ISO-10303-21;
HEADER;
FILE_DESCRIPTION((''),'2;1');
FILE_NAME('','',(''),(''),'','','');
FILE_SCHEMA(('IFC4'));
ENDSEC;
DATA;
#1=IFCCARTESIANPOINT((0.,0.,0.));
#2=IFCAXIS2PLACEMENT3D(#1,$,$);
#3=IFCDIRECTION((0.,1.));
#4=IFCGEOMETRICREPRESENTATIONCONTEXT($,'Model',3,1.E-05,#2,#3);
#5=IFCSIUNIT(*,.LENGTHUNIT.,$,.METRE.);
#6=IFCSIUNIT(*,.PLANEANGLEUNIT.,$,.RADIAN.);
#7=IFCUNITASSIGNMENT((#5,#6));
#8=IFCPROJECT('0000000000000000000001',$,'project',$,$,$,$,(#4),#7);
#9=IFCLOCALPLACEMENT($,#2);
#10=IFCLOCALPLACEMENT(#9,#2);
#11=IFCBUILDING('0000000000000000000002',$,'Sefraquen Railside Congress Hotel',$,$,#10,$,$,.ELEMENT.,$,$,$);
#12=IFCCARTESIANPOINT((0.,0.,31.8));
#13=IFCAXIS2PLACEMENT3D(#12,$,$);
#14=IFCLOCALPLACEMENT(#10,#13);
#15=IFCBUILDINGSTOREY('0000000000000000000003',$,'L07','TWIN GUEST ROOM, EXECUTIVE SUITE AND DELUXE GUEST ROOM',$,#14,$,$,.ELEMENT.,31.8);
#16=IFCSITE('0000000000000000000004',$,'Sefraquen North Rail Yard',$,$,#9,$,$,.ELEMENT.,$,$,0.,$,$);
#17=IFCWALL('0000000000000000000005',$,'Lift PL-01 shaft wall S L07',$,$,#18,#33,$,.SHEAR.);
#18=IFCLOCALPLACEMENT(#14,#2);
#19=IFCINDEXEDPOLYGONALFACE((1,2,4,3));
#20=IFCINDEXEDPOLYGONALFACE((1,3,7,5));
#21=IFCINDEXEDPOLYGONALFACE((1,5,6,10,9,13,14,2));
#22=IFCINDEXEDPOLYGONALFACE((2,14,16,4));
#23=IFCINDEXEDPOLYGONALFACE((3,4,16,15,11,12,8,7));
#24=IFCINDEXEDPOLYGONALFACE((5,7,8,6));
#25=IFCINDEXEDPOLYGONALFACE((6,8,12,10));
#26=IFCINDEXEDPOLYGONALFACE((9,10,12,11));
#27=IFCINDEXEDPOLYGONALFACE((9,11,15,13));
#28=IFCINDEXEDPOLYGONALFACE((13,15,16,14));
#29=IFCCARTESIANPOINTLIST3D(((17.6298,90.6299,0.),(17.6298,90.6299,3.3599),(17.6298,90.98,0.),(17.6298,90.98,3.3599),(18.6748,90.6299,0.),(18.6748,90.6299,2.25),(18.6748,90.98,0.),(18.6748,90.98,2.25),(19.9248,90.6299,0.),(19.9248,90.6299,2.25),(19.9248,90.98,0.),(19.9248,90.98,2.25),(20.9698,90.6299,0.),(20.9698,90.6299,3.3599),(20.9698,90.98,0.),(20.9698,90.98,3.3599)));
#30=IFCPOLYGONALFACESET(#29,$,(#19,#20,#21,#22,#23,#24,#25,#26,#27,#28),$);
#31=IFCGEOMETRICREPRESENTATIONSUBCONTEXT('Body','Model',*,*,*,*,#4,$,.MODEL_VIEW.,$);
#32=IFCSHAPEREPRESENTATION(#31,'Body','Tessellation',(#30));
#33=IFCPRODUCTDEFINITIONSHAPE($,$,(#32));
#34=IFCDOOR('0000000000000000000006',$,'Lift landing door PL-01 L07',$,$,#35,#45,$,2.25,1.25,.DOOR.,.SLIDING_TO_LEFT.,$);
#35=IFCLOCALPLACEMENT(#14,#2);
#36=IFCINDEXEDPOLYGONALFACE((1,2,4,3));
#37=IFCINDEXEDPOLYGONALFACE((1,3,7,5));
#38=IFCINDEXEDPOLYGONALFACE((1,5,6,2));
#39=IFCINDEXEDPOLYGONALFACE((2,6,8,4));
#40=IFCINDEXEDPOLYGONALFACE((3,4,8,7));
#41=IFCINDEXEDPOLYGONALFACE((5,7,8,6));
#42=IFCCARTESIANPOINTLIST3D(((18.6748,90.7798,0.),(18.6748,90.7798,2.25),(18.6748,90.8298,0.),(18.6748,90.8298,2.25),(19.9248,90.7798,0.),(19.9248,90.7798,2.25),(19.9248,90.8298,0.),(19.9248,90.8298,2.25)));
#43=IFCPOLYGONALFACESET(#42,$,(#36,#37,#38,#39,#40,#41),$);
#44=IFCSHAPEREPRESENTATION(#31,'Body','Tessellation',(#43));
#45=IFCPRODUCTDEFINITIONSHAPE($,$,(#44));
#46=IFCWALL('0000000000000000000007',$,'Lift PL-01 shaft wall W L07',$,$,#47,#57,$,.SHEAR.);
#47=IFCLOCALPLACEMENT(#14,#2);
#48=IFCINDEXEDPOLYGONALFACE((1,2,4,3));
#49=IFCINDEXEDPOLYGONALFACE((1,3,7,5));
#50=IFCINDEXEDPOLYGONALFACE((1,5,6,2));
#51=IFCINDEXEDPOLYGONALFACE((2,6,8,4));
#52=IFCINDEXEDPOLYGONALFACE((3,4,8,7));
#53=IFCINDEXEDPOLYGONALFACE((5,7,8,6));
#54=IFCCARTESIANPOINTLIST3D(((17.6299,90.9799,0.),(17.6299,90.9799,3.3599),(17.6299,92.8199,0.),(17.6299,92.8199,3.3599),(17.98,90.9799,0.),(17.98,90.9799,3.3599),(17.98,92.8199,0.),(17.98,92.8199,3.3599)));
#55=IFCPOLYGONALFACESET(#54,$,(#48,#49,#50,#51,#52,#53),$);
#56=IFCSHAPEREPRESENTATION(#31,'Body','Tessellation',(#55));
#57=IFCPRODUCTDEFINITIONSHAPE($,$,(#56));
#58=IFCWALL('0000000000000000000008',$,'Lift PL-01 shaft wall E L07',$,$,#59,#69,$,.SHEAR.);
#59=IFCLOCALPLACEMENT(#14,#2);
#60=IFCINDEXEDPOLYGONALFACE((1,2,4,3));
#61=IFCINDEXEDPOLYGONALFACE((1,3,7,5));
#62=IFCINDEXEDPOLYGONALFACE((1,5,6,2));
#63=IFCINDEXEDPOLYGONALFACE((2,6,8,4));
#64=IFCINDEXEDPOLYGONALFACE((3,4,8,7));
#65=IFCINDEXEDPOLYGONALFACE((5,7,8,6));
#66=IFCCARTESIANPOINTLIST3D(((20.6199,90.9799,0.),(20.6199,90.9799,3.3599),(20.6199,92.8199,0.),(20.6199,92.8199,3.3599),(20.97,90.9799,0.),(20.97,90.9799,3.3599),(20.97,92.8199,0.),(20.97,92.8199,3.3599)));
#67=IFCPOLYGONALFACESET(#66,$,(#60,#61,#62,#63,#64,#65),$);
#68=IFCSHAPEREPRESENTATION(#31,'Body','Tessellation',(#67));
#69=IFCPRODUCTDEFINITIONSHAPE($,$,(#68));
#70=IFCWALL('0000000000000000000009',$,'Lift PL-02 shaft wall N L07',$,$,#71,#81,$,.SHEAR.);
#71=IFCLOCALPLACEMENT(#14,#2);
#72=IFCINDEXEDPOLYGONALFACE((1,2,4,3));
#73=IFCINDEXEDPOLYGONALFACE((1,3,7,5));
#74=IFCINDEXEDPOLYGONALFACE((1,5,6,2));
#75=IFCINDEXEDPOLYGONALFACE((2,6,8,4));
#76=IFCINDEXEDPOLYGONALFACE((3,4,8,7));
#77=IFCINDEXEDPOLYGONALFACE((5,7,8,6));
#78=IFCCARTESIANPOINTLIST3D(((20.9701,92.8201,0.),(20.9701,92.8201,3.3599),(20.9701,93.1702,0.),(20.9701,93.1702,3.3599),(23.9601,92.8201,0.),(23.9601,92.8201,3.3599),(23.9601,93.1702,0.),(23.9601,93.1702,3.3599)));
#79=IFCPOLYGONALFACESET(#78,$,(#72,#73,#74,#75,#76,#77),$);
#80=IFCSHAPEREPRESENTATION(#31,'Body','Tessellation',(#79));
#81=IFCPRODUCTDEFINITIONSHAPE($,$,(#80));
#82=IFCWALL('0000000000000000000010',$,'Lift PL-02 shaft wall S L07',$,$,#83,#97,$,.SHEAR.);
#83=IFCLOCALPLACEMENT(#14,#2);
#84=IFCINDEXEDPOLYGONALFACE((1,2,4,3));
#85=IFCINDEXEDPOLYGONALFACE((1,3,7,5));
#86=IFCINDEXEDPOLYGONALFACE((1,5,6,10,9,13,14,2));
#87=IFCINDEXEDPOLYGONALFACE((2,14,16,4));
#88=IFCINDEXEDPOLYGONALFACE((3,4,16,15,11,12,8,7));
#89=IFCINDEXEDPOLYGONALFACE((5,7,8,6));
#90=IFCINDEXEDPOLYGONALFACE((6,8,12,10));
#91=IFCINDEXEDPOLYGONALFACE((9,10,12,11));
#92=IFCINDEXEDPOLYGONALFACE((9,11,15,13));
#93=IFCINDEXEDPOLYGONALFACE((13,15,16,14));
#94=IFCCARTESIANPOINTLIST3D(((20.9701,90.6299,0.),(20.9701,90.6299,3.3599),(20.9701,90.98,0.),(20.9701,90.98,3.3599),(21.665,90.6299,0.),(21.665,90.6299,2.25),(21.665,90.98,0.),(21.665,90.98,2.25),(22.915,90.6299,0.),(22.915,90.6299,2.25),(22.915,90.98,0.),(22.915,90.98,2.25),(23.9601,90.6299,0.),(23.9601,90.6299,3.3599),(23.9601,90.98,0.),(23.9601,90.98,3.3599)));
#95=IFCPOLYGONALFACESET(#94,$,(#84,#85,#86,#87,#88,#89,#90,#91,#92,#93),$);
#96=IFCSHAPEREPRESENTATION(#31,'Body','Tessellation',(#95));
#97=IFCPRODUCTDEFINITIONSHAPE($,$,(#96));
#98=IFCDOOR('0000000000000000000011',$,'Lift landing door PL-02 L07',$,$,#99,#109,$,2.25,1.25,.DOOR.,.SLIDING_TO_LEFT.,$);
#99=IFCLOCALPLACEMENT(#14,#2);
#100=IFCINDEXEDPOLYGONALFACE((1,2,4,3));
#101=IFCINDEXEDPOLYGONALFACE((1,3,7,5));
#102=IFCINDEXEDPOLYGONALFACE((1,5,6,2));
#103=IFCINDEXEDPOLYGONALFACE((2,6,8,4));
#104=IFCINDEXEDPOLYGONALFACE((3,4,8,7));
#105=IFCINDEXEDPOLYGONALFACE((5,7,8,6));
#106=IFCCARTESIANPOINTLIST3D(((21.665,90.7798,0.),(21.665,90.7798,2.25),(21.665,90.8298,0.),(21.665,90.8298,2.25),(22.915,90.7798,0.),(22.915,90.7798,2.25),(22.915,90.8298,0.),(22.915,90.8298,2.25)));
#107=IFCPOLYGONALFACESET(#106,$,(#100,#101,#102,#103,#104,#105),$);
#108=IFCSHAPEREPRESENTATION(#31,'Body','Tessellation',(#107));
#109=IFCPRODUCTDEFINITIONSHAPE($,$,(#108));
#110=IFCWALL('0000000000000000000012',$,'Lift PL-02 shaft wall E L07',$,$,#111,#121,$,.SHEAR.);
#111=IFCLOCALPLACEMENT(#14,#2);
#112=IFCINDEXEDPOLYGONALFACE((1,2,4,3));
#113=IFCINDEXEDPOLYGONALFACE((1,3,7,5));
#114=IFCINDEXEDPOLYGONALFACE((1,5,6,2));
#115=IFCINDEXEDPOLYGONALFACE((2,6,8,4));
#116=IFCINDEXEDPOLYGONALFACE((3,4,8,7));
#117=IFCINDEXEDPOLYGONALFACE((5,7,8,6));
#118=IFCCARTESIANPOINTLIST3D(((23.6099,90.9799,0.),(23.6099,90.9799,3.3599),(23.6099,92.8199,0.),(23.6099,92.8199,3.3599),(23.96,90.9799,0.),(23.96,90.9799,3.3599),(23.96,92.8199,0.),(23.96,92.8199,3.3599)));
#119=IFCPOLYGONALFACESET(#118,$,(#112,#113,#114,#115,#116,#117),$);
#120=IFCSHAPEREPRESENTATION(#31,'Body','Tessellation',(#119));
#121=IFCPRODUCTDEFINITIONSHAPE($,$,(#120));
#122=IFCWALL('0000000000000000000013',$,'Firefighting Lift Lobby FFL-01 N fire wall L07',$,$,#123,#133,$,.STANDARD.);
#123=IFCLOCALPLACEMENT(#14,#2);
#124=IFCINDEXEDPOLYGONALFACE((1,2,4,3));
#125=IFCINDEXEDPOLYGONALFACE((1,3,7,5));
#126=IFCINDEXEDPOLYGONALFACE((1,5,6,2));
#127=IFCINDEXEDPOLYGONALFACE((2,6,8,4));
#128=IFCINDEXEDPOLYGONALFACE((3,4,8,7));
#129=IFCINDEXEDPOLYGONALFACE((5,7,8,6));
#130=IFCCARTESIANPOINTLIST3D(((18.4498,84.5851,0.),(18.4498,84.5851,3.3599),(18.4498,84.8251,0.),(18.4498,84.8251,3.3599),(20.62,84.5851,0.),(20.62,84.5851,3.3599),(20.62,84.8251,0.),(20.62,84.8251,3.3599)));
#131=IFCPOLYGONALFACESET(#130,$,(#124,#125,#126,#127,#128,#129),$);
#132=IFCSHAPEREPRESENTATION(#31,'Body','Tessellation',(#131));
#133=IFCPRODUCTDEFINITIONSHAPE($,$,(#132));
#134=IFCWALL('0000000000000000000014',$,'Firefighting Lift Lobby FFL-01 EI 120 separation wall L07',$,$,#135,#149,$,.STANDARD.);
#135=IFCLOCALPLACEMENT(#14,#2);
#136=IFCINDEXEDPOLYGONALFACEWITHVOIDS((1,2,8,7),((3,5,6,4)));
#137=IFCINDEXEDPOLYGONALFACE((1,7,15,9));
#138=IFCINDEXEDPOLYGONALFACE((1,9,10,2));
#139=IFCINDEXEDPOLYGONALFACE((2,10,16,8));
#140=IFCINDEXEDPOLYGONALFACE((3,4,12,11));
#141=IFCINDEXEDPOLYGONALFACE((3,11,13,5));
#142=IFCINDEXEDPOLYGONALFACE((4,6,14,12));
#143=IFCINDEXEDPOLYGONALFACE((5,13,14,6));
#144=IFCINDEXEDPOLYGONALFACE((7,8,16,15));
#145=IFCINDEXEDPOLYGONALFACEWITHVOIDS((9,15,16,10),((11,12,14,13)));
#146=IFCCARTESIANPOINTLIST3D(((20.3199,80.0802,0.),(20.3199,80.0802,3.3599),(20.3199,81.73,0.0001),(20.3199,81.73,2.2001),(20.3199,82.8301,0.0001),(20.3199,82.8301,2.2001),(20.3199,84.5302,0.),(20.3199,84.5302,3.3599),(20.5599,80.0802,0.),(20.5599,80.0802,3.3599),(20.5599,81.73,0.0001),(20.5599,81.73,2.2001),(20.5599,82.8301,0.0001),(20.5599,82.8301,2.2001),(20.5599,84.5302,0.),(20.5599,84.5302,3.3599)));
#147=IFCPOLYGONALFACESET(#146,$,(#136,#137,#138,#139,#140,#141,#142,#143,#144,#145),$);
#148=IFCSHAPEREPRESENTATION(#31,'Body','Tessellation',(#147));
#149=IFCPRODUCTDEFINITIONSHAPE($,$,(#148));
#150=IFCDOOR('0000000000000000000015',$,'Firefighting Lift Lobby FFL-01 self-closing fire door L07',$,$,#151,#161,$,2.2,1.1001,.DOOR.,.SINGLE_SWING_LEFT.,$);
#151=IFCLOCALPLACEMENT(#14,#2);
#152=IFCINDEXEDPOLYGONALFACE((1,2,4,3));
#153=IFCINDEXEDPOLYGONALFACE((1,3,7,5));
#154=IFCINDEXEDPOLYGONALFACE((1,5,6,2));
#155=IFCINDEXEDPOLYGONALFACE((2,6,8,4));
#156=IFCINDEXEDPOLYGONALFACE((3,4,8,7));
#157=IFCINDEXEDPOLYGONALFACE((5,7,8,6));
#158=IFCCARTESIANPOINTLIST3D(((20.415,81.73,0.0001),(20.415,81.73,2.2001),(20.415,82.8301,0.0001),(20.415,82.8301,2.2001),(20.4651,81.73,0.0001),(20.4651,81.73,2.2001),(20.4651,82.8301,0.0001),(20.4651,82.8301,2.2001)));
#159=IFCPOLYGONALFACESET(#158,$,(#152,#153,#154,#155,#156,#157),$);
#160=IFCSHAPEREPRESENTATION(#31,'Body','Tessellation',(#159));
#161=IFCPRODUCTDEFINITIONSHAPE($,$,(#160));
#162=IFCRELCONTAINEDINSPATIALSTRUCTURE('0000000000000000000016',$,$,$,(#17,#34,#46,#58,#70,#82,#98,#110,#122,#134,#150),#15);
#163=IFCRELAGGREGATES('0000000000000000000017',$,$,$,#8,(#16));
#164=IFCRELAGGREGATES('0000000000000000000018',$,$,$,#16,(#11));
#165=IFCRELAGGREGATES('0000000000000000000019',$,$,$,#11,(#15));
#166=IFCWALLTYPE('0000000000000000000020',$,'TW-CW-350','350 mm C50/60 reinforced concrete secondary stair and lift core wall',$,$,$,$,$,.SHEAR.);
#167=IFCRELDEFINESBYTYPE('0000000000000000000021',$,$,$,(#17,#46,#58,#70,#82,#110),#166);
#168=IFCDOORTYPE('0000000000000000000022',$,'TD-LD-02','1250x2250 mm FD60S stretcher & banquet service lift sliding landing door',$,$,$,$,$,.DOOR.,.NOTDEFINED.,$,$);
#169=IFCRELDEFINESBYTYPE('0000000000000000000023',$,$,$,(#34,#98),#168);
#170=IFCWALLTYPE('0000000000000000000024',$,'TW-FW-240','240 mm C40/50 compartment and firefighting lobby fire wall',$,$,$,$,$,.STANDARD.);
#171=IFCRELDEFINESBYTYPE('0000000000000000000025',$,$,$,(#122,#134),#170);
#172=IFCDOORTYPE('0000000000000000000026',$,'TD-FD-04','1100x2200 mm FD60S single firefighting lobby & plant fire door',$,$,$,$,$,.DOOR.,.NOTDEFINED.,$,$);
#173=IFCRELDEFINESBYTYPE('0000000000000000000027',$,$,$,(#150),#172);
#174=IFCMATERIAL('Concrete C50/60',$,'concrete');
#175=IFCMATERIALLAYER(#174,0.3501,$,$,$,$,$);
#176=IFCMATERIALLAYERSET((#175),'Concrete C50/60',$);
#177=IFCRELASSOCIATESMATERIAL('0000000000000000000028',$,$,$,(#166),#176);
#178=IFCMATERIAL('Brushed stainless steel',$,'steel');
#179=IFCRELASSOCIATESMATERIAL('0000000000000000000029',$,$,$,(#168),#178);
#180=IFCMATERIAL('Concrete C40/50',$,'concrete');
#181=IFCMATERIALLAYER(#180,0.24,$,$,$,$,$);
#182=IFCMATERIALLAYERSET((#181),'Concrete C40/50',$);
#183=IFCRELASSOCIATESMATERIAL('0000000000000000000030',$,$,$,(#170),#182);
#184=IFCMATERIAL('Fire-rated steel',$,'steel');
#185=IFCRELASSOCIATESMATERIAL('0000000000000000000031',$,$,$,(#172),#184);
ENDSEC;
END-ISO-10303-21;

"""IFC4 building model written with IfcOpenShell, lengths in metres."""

from ifc_helpers import new_model, si_unit, direction, frame, frame_2d, origin, place, context, subcontext, project, spatial, rectangle, extrude, material, layer, layer_set, type_object, element, fill, save


model = new_model("IFC4")

# Units and contexts
model_context = context("Model", 3, precision=1e-05, world=origin(), true_north=direction((0.0, 1.0)))
body_context = subcontext(model_context, "Body", "Model", "MODEL_VIEW")
ifc_project = project(units=[si_unit("LENGTHUNIT", "METRE"), si_unit("PLANEANGLEUNIT", "RADIAN")], contexts=[model_context])

# Site, building, storey
site_placement = place(None, origin())
site = spatial("IfcSite", under=ifc_project, at=site_placement, Name="Sefraquen North Rail Yard", CompositionType="ELEMENT", RefElevation=0.0)
building_placement = place(site_placement, origin())
building = spatial("IfcBuilding", under=site, at=building_placement, Name="Sefraquen Railside Congress Hotel", CompositionType="ELEMENT")
storey_placement = place(building_placement, frame((0.0, 0.0, 31.8)))
storey = spatial("IfcBuildingStorey", under=building, at=storey_placement, Name="L07", Description="TWIN GUEST ROOM, EXECUTIVE SUITE AND DELUXE GUEST ROOM", CompositionType="ELEMENT", Elevation=31.8)

# Shared definitions
ifc_material_1 = material(Name="Concrete C50/60", Category="concrete")
ifc_layer_1 = layer(ifc_material_1, 0.3501)
ifc_layer_set_1 = layer_set([ifc_layer_1], Name="Concrete C50/60")
wall_type_1 = type_object("IfcWallType", Name="TW-CW-350", Description="350 mm C50/60 reinforced concrete secondary stair and lift core wall", PredefinedType="SHEAR", material=ifc_layer_set_1)

# Wall, opening, door
wall_1_placement = place(storey_placement, frame((17.6299, 90.8049, 0.0), z_axis=(0.0, 0.0, 1.0), x_axis=(1.0, 0.0, 0.0)))
wall_1 = element("IfcWall", 1, at=wall_1_placement, inside=storey, type_object=wall_type_1, Name="Lift PL-01 shaft wall S L07", PredefinedType="SHEAR", context=body_context, shape_type="SweptSolid", body=[
    extrude(rectangle(XDim=3.3401, YDim=0.3501, at=frame_2d((1.6699, 0.0))), origin(), (0.0, 0.0, 1.0), 3.3599),
])
opening_1_placement = place(wall_1_placement, frame((1.0449, 0.0, 0.0)))
opening_1 = element("IfcOpeningElement", 2, at=opening_1_placement, cuts=wall_1, PredefinedType="OPENING", context=body_context, shape_type="SweptSolid", body=[
    extrude(rectangle(XDim=1.25, YDim=2.25, at=frame_2d((0.625, 1.125))), frame((0.0, 0.1851, 0.0), z_axis=(0.0, -1.0, 0.0), x_axis=(1.0, 0.0, 0.0)), (0.0, 0.0, 1.0), 0.3701),
])
ifc_material_2 = material(Name="Brushed stainless steel", Category="steel")
door_type_1 = type_object("IfcDoorType", Name="TD-LD-02", Description="1250x2250 mm FD60S stretcher & banquet service lift sliding landing door", OperationType="NOTDEFINED", PredefinedType="DOOR", material=ifc_material_2)
door_1_placement = place(opening_1_placement, origin())
door_1 = element("IfcDoor", 3, at=door_1_placement, inside=storey, type_object=door_type_1, Name="Lift landing door PL-01 L07", OperationType="SLIDING_TO_LEFT", OverallHeight=2.25, OverallWidth=1.25, PredefinedType="DOOR", context=body_context, shape_type="SweptSolid", body=[
    extrude(rectangle(XDim=1.25, YDim=2.25, at=frame_2d((0.625, 1.125))), frame((0.0, 0.0249, 0.0), z_axis=(0.0, -1.0, 0.0), x_axis=(1.0, 0.0, 0.0)), (0.0, 0.0, 1.0), 0.05),
])
fill(opening_1, door_1)

# Walls
for number, where, z_axis, x_axis, name in (
    (4, (17.8049, 90.98, 0.0), (0.0, 0.0, 1.0), (0.0, 1.0, 0.0), "Lift PL-01 shaft wall W L07"),
    (5, (20.7949, 90.98, 0.0), (0.0, 0.0, 1.0), (0.0, 1.0, 0.0), "Lift PL-01 shaft wall E L07"),
):
    element("IfcWall", number, at=place(storey_placement, frame(where, z_axis=z_axis, x_axis=x_axis)), inside=storey, type_object=wall_type_1, Name=name, PredefinedType="SHEAR", context=body_context, shape_type="SweptSolid", body=[
        extrude(rectangle(XDim=1.8401, YDim=0.3501, at=frame_2d((0.9199, 0.0))), origin(), (0.0, 0.0, 1.0), 3.3599),
    ])
wall_2_placement = place(storey_placement, frame((20.97, 92.9951, 0.0), z_axis=(0.0, 0.0, 1.0), x_axis=(1.0, 0.0, 0.0)))
element("IfcWall", 6, at=wall_2_placement, inside=storey, type_object=wall_type_1, Name="Lift PL-02 shaft wall N L07", PredefinedType="SHEAR", context=body_context, shape_type="SweptSolid", body=[
    extrude(rectangle(XDim=2.99, YDim=0.3501, at=frame_2d((1.4951, 0.0))), origin(), (0.0, 0.0, 1.0), 3.3599),
])

# Wall, opening, door
wall_3_placement = place(storey_placement, frame((20.97, 90.8049, 0.0), z_axis=(0.0, 0.0, 1.0), x_axis=(1.0, 0.0, 0.0)))
wall_3 = element("IfcWall", 7, at=wall_3_placement, inside=storey, type_object=wall_type_1, Name="Lift PL-02 shaft wall S L07", PredefinedType="SHEAR", context=body_context, shape_type="SweptSolid", body=[
    extrude(rectangle(XDim=2.99, YDim=0.3501, at=frame_2d((1.4951, 0.0))), origin(), (0.0, 0.0, 1.0), 3.3599),
])
opening_2_placement = place(wall_3_placement, frame((0.6951, 0.0, 0.0)))
opening_2 = element("IfcOpeningElement", 8, at=opening_2_placement, cuts=wall_3, PredefinedType="OPENING", context=body_context, shape_type="SweptSolid", body=[
    extrude(rectangle(XDim=1.25, YDim=2.25, at=frame_2d((0.625, 1.125))), frame((0.0, 0.1851, 0.0), z_axis=(0.0, -1.0, 0.0), x_axis=(1.0, 0.0, 0.0)), (0.0, 0.0, 1.0), 0.3701),
])
door_2_placement = place(opening_2_placement, origin())
door_2 = element("IfcDoor", 9, at=door_2_placement, inside=storey, type_object=door_type_1, Name="Lift landing door PL-02 L07", OperationType="SLIDING_TO_LEFT", OverallHeight=2.25, OverallWidth=1.25, PredefinedType="DOOR", context=body_context, shape_type="SweptSolid", body=[
    extrude(rectangle(XDim=1.25, YDim=2.25, at=frame_2d((0.625, 1.125))), frame((0.0, 0.0249, 0.0), z_axis=(0.0, -1.0, 0.0), x_axis=(1.0, 0.0, 0.0)), (0.0, 0.0, 1.0), 0.05),
])
fill(opening_2, door_2)

# Walls
wall_4_placement = place(storey_placement, frame((23.7849, 90.98, 0.0), z_axis=(0.0, 0.0, 1.0), x_axis=(0.0, 1.0, 0.0)))
element("IfcWall", 10, at=wall_4_placement, inside=storey, type_object=wall_type_1, Name="Lift PL-02 shaft wall E L07", PredefinedType="SHEAR", context=body_context, shape_type="SweptSolid", body=[
    extrude(rectangle(XDim=1.8401, YDim=0.3501, at=frame_2d((0.9199, 0.0))), origin(), (0.0, 0.0, 1.0), 3.3599),
])
ifc_material_3 = material(Name="Concrete C40/50", Category="concrete")
ifc_layer_2 = layer(ifc_material_3, 0.24)
ifc_layer_set_2 = layer_set([ifc_layer_2], Name="Concrete C40/50")
wall_type_2 = type_object("IfcWallType", Name="TW-FW-240", Description="240 mm C40/50 compartment and firefighting lobby fire wall", PredefinedType="STANDARD", material=ifc_layer_set_2)
wall_5_placement = place(storey_placement, frame((18.45, 84.7051, 0.0), z_axis=(0.0, 0.0, 1.0), x_axis=(1.0, 0.0, 0.0)))
element("IfcWall", 11, at=wall_5_placement, inside=storey, type_object=wall_type_2, Name="Firefighting Lift Lobby FFL-01 N fire wall L07", PredefinedType="STANDARD", context=body_context, shape_type="SweptSolid", body=[
    extrude(rectangle(XDim=2.1702, YDim=0.24, at=frame_2d((1.085, 0.0))), origin(), (0.0, 0.0, 1.0), 3.3599),
])

# Wall, opening, door
wall_6_placement = place(storey_placement, frame((20.4399, 80.0801, 0.0), z_axis=(0.0, 0.0, 1.0), x_axis=(0.0, 1.0, 0.0)))
wall_6 = element("IfcWall", 12, at=wall_6_placement, inside=storey, type_object=wall_type_2, Name="Firefighting Lift Lobby FFL-01 EI 120 separation wall L07", PredefinedType="STANDARD", context=body_context, shape_type="SweptSolid", body=[
    extrude(rectangle(XDim=4.45, YDim=0.24, at=frame_2d((2.2251, 0.0))), origin(), (0.0, 0.0, 1.0), 3.3599),
])
opening_3_placement = place(wall_6_placement, frame((1.6499, 0.0, 0.0)))
opening_3 = element("IfcOpeningElement", 13, at=opening_3_placement, cuts=wall_6, PredefinedType="OPENING", context=body_context, shape_type="SweptSolid", body=[
    extrude(rectangle(XDim=1.1001, YDim=2.2, at=frame_2d((0.55, 1.1001))), frame((0.0, 0.1299, 0.0), z_axis=(0.0, -1.0, 0.0), x_axis=(1.0, 0.0, 0.0)), (0.0, 0.0, 1.0), 0.26),
])
ifc_material_4 = material(Name="Fire-rated steel", Category="steel")
door_type_2 = type_object("IfcDoorType", Name="TD-FD-04", Description="1100x2200 mm FD60S single firefighting lobby & plant fire door", OperationType="NOTDEFINED", PredefinedType="DOOR", material=ifc_material_4)
door_3_placement = place(opening_3_placement, origin())
door_3 = element("IfcDoor", 14, at=door_3_placement, inside=storey, type_object=door_type_2, Name="Firefighting Lift Lobby FFL-01 self-closing fire door L07", OperationType="SINGLE_SWING_LEFT", OverallHeight=2.2, OverallWidth=1.1001, PredefinedType="DOOR", context=body_context, shape_type="SweptSolid", body=[
    extrude(rectangle(XDim=1.1001, YDim=2.2, at=frame_2d((0.55, 1.1001))), frame((0.0, 0.0249, 0.0), z_axis=(0.0, -1.0, 0.0), x_axis=(1.0, 0.0, 0.0)), (0.0, 0.0, 1.0), 0.05),
])
fill(opening_3, door_3)

save(model, "model.ifc")
